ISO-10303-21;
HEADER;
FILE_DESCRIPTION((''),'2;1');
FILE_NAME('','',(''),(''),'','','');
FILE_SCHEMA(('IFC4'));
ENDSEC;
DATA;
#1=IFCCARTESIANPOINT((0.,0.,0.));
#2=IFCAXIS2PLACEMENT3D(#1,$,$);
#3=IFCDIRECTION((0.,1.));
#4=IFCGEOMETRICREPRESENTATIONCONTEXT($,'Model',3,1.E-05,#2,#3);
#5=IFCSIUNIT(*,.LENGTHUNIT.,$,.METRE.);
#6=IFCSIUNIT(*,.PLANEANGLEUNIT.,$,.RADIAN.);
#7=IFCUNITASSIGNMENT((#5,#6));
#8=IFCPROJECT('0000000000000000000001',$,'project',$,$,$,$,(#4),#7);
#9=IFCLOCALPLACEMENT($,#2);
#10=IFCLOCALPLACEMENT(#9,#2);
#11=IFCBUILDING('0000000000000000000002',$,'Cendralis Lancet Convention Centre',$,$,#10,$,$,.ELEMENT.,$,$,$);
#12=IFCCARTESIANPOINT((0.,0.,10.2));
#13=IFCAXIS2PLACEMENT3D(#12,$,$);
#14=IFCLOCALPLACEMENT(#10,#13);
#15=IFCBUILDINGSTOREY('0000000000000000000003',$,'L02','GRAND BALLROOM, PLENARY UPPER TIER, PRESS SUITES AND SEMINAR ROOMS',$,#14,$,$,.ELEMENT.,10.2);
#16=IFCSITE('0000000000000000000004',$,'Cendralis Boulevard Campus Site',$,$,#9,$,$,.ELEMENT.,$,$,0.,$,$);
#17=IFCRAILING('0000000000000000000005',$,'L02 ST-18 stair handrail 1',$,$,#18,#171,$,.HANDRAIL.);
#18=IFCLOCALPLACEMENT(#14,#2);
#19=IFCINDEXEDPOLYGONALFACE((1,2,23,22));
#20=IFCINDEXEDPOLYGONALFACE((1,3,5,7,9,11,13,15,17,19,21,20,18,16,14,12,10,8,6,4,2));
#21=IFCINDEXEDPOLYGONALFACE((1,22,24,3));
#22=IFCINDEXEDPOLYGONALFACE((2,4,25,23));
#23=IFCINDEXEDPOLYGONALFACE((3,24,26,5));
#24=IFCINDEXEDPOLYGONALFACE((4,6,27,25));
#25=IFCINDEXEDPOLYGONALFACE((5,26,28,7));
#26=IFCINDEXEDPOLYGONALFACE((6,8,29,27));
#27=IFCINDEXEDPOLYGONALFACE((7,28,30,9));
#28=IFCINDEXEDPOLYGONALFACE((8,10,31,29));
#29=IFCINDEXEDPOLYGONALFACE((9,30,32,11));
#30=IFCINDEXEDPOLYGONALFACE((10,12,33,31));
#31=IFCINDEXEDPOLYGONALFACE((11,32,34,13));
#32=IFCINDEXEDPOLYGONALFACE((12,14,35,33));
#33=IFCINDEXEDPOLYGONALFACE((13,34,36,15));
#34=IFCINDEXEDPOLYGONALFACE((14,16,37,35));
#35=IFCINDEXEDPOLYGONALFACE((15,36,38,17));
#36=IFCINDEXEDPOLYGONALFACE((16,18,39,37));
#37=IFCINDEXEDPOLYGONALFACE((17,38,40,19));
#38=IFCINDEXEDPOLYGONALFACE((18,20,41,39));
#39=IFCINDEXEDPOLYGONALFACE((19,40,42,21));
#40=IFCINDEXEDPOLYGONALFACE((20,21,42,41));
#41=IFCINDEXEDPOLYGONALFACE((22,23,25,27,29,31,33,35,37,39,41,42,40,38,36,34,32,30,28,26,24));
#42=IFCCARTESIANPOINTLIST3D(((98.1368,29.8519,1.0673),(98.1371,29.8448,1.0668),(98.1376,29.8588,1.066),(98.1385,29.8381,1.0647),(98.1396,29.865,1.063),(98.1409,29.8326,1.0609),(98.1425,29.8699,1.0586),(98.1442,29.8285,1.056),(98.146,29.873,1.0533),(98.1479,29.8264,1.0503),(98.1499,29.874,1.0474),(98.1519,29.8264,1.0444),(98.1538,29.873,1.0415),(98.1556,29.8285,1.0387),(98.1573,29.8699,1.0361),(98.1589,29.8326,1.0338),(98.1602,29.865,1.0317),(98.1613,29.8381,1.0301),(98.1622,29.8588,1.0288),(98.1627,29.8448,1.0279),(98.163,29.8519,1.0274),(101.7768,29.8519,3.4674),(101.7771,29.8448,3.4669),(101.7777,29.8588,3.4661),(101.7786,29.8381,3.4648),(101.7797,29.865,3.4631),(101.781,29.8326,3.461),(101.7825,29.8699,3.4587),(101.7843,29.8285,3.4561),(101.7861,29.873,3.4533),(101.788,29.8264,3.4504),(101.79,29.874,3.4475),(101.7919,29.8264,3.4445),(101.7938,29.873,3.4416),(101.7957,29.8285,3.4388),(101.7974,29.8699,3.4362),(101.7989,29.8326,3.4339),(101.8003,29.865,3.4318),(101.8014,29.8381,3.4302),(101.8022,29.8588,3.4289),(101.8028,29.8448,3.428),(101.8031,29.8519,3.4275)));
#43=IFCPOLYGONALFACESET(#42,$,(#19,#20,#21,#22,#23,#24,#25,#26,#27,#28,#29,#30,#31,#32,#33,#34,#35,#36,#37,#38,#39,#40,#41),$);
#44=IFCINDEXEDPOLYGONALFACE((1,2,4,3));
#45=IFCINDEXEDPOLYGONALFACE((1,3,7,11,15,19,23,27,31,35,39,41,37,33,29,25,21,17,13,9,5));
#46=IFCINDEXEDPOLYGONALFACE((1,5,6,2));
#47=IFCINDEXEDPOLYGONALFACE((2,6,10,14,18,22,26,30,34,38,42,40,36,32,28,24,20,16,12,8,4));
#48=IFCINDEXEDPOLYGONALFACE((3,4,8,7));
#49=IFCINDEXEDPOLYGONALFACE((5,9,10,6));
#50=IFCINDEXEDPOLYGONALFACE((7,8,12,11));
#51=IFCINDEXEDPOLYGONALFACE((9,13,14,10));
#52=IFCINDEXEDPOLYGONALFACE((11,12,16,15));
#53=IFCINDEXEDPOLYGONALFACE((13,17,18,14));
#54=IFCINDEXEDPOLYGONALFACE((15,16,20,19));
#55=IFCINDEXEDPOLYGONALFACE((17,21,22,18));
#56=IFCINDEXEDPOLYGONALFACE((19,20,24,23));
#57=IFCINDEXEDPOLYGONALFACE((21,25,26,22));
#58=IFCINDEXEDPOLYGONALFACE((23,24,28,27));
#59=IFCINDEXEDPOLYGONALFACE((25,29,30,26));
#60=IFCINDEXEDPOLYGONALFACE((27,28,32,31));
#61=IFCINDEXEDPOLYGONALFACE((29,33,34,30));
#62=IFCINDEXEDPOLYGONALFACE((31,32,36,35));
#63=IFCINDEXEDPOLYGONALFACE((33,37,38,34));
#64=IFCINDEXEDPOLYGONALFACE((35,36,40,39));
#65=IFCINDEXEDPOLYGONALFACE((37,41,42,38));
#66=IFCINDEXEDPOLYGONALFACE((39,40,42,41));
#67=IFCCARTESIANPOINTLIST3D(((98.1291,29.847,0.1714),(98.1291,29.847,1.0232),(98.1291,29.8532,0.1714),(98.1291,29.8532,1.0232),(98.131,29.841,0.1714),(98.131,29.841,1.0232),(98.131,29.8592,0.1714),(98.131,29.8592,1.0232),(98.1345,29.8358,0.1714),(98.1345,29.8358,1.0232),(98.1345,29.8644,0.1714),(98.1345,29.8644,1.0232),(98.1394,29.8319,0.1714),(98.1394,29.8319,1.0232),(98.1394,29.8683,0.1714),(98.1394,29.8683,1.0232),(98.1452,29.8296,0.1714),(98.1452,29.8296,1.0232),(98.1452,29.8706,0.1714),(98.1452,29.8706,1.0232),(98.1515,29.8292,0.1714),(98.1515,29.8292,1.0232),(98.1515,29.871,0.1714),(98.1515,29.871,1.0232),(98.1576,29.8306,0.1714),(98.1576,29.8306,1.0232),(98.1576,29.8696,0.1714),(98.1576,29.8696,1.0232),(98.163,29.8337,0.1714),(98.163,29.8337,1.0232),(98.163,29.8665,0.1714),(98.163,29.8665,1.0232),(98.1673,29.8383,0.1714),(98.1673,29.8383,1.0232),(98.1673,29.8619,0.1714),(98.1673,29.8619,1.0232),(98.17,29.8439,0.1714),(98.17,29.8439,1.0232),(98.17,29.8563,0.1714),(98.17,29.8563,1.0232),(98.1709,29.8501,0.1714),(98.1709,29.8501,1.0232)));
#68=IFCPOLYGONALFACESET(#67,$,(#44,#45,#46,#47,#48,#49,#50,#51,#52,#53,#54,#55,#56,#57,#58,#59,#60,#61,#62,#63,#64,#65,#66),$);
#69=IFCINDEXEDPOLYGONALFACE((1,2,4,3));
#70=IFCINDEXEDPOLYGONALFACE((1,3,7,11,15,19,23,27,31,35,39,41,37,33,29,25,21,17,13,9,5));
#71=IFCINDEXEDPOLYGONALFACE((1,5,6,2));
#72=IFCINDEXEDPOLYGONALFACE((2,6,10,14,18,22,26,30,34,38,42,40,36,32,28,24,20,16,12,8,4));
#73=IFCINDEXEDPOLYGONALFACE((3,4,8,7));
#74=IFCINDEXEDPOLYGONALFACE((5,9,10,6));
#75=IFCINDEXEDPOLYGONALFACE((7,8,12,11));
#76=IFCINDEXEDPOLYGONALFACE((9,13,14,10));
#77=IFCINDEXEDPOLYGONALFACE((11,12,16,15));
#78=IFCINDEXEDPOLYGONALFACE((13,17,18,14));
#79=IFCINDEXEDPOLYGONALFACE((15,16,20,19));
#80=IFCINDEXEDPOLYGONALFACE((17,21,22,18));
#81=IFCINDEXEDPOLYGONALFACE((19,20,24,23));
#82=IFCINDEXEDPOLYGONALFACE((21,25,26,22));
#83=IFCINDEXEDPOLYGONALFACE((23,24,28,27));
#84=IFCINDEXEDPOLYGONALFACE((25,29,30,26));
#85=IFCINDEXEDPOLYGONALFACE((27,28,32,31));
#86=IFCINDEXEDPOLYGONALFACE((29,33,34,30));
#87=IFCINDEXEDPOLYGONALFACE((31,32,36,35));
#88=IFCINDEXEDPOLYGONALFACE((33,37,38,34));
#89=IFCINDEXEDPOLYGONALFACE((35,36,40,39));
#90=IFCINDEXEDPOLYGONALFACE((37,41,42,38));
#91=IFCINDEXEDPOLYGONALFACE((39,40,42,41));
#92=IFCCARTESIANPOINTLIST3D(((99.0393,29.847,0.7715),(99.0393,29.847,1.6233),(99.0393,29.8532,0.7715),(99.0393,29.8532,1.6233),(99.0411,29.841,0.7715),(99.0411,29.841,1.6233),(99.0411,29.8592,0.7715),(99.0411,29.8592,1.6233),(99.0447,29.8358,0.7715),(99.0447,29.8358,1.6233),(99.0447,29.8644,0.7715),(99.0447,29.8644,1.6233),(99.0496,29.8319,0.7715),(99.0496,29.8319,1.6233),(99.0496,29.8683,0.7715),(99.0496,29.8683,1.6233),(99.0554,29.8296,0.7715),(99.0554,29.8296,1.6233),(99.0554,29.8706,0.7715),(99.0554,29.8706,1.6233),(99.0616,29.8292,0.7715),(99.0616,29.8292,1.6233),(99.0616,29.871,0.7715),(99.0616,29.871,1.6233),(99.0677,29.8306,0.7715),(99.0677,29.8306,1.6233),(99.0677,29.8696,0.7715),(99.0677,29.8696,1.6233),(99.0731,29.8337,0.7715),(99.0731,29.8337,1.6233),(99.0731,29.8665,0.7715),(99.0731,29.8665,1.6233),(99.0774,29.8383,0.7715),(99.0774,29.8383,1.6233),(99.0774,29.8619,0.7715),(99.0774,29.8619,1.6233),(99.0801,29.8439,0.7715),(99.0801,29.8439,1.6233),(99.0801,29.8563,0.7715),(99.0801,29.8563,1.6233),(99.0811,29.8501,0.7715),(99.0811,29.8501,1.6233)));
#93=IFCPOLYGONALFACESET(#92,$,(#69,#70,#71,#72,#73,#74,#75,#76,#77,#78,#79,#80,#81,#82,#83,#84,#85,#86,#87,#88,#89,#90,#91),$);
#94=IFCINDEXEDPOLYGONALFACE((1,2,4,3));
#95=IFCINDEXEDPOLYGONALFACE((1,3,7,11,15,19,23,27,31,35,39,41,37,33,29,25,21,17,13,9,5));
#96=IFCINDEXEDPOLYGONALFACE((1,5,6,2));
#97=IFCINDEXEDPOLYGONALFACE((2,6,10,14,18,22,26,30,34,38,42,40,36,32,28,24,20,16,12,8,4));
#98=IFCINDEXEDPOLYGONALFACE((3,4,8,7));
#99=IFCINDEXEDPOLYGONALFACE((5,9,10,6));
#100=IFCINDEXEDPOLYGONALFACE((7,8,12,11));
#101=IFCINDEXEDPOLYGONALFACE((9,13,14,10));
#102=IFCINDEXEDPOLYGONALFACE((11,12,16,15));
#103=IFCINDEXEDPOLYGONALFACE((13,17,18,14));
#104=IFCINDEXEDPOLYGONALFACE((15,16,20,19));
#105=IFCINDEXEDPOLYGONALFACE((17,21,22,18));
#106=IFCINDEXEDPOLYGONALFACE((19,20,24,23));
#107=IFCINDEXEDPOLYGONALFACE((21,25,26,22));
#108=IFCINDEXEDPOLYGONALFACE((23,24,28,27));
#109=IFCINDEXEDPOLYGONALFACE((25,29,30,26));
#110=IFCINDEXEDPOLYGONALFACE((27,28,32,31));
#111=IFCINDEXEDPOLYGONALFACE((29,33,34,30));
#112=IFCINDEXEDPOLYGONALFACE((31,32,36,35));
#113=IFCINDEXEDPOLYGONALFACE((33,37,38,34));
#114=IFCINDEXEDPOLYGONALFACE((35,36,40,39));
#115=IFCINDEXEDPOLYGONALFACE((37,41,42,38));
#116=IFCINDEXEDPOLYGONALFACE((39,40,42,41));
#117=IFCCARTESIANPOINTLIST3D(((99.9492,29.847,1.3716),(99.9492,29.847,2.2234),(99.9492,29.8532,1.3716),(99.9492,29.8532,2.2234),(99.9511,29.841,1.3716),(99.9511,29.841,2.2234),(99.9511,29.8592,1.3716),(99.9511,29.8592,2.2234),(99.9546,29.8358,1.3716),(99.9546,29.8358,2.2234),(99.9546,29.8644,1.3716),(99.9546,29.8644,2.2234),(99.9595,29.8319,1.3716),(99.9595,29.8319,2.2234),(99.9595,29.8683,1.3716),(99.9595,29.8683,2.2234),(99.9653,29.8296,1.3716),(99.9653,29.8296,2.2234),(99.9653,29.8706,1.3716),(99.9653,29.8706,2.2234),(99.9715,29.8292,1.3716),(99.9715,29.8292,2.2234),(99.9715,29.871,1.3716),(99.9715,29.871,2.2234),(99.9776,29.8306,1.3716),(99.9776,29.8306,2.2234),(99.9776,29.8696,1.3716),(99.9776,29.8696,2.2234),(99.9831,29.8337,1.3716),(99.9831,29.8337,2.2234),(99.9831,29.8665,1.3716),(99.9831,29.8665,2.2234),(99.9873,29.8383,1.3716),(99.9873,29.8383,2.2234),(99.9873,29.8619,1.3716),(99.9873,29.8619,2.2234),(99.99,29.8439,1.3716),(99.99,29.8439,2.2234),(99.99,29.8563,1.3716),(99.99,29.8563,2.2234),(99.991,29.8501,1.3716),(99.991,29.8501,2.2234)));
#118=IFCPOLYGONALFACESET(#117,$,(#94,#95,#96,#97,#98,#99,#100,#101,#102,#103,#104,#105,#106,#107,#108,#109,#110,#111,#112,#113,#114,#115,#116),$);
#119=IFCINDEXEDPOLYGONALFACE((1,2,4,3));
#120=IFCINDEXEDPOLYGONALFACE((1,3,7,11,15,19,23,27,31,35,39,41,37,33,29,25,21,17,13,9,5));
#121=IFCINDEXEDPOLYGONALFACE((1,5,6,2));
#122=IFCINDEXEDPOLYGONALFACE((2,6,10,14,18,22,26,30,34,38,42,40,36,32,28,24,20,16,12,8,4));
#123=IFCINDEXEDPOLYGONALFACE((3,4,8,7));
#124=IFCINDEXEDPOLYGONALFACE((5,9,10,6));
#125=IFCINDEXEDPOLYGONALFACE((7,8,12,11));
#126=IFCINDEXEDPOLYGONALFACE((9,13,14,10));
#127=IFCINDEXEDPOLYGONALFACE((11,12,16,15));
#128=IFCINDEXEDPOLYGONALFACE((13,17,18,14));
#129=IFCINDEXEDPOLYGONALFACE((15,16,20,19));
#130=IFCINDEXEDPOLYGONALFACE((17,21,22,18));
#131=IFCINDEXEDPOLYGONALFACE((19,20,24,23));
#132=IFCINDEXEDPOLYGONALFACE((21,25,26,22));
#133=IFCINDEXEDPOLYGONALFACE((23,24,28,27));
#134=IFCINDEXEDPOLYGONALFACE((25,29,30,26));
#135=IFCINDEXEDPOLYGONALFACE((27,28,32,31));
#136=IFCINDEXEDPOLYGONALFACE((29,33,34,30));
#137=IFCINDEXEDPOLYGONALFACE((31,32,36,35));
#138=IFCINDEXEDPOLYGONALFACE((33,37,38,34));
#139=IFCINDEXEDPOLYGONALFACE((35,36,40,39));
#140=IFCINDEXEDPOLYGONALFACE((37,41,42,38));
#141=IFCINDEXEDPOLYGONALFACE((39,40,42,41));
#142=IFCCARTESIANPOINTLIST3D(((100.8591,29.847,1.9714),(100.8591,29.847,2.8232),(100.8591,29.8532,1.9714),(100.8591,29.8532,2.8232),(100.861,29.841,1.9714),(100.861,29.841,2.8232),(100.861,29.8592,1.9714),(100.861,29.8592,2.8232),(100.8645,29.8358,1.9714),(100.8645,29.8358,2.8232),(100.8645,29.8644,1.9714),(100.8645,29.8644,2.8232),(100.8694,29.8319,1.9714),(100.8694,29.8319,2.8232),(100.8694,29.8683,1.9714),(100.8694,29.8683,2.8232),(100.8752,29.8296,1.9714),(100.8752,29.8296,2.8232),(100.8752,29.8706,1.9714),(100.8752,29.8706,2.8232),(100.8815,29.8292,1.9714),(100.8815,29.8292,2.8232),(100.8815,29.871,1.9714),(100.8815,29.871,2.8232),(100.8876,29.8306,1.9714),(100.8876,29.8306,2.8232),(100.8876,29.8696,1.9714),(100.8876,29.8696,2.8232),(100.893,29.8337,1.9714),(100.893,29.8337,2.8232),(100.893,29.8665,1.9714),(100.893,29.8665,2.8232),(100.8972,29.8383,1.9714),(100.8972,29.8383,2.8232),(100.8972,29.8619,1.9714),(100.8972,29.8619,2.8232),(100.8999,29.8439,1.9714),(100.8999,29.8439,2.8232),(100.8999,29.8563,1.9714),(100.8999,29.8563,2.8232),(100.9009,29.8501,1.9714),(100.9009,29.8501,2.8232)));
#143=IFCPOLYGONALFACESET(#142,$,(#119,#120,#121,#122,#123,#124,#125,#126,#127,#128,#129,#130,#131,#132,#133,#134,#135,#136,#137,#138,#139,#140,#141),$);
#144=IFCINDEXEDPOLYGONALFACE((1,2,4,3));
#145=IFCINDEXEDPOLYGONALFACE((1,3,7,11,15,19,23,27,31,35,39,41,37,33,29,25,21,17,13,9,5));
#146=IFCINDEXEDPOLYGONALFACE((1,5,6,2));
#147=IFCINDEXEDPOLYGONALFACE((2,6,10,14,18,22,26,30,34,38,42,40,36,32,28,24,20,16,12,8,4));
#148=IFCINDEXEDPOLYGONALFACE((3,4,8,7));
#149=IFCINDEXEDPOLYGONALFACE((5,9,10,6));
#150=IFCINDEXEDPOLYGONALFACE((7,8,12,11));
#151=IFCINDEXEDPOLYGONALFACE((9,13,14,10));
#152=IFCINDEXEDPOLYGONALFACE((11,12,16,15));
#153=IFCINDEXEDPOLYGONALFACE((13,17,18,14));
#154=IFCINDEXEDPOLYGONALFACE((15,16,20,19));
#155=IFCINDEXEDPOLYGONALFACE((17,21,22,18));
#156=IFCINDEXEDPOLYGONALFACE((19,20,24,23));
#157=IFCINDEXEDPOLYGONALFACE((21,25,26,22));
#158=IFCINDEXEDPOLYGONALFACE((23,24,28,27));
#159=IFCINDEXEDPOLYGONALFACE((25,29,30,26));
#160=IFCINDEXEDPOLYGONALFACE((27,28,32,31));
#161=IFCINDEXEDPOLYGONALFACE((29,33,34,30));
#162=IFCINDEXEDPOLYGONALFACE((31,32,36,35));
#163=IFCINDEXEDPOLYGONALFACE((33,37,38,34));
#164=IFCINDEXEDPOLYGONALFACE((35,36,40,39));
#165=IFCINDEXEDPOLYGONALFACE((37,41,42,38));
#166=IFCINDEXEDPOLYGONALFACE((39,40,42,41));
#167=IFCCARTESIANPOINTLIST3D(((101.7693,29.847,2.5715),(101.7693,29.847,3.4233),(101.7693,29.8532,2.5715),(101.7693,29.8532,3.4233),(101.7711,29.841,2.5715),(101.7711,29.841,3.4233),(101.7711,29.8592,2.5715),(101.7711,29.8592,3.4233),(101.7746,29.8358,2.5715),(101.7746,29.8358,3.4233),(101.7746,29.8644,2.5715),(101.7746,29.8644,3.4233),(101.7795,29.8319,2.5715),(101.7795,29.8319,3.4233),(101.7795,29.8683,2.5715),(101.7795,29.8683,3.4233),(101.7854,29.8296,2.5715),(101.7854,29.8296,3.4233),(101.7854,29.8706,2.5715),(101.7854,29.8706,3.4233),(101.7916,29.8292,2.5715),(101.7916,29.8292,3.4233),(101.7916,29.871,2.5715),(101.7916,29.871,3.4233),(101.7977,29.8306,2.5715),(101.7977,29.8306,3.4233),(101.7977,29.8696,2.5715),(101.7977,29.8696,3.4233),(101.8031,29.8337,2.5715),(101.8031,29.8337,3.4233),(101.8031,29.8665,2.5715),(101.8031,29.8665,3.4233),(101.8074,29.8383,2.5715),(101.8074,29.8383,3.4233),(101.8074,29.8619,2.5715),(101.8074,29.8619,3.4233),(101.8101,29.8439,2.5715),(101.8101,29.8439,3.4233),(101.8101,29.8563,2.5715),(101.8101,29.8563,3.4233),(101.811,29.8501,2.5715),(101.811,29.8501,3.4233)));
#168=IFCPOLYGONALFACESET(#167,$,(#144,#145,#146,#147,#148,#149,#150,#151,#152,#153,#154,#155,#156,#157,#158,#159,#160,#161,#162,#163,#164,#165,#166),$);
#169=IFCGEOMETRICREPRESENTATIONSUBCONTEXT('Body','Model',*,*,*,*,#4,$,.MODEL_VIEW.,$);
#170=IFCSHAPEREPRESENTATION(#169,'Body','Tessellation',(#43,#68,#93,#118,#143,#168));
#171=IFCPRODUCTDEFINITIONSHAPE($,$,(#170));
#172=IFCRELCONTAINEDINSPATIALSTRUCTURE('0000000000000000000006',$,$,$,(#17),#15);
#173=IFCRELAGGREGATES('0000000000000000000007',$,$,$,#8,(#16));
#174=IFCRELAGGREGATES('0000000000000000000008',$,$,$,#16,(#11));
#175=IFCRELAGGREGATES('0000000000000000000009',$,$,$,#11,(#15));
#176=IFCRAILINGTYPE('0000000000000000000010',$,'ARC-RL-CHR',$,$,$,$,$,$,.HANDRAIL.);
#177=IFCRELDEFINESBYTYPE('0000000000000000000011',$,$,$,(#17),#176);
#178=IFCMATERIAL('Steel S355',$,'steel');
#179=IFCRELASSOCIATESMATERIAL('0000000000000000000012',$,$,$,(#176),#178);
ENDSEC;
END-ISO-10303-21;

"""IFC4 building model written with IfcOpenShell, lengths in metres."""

from ifc_helpers import new_model, si_unit, direction, frame, origin, origin_2d, place, context, subcontext, project, spatial, circle, extrude, material, type_object, element, save


model = new_model("IFC4")

# Units and contexts
model_context = context("Model", 3, precision=1e-05, world=origin(), true_north=direction((0.0, 1.0)))
body_context = subcontext(model_context, "Body", "Model", "MODEL_VIEW")
ifc_project = project(units=[si_unit("LENGTHUNIT", "METRE"), si_unit("PLANEANGLEUNIT", "RADIAN")], contexts=[model_context])

# Site, building, storey
site_placement = place(None, origin())
site = spatial("IfcSite", under=ifc_project, at=site_placement, Name="Cendralis Boulevard Campus Site", CompositionType="ELEMENT", RefElevation=0.0)
building_placement = place(site_placement, origin())
building = spatial("IfcBuilding", under=site, at=building_placement, Name="Cendralis Lancet Convention Centre", CompositionType="ELEMENT")
storey_placement = place(building_placement, frame((0.0, 0.0, 10.2)))
storey = spatial("IfcBuildingStorey", under=building, at=storey_placement, Name="L02", Description="GRAND BALLROOM, PLENARY UPPER TIER, PRESS SUITES AND SEMINAR ROOMS", CompositionType="ELEMENT", Elevation=10.2)

# Shared definitions
ifc_material_1 = material(Name="Steel S355", Category="steel")

# Railing
railing_type_1 = type_object("IfcRailingType", Name="ARC-RL-CHR", PredefinedType="HANDRAIL", material=ifc_material_1)
railing_1_placement = place(storey_placement, frame((98.1499, 29.8501, 0.1714)))
element("IfcRailing", 1, at=railing_1_placement, inside=storey, type_object=railing_type_1, Name="L02 ST-18 stair handrail 1", PredefinedType="HANDRAIL", context=body_context, shape_type="SweptSolid", body=[
    extrude(circle(Radius=0.0239, at=origin_2d()), frame((0.0, 0.0, 0.876), z_axis=(0.834856, 0.0, 0.550468), x_axis=(0.0, 1.0, 0.0)), (0.0, 0.0, 1.0), 4.3601),
    extrude(circle(Radius=0.021, at=origin_2d()), origin(), (0.0, 0.0, 1.0), 0.8518),
    extrude(circle(Radius=0.021, at=origin_2d()), frame((0.9102, 0.0, 0.6001)), (0.0, 0.0, 1.0), 0.8518),
    extrude(circle(Radius=0.021, at=origin_2d()), frame((1.8201, 0.0, 1.2002)), (0.0, 0.0, 1.0), 0.8518),
    extrude(circle(Radius=0.021, at=origin_2d()), frame((2.73, 0.0, 1.8)), (0.0, 0.0, 1.0), 0.8518),
    extrude(circle(Radius=0.021, at=origin_2d()), frame((3.6401, 0.0, 2.4001)), (0.0, 0.0, 1.0), 0.8518),
])

save(model, "model.ifc")
